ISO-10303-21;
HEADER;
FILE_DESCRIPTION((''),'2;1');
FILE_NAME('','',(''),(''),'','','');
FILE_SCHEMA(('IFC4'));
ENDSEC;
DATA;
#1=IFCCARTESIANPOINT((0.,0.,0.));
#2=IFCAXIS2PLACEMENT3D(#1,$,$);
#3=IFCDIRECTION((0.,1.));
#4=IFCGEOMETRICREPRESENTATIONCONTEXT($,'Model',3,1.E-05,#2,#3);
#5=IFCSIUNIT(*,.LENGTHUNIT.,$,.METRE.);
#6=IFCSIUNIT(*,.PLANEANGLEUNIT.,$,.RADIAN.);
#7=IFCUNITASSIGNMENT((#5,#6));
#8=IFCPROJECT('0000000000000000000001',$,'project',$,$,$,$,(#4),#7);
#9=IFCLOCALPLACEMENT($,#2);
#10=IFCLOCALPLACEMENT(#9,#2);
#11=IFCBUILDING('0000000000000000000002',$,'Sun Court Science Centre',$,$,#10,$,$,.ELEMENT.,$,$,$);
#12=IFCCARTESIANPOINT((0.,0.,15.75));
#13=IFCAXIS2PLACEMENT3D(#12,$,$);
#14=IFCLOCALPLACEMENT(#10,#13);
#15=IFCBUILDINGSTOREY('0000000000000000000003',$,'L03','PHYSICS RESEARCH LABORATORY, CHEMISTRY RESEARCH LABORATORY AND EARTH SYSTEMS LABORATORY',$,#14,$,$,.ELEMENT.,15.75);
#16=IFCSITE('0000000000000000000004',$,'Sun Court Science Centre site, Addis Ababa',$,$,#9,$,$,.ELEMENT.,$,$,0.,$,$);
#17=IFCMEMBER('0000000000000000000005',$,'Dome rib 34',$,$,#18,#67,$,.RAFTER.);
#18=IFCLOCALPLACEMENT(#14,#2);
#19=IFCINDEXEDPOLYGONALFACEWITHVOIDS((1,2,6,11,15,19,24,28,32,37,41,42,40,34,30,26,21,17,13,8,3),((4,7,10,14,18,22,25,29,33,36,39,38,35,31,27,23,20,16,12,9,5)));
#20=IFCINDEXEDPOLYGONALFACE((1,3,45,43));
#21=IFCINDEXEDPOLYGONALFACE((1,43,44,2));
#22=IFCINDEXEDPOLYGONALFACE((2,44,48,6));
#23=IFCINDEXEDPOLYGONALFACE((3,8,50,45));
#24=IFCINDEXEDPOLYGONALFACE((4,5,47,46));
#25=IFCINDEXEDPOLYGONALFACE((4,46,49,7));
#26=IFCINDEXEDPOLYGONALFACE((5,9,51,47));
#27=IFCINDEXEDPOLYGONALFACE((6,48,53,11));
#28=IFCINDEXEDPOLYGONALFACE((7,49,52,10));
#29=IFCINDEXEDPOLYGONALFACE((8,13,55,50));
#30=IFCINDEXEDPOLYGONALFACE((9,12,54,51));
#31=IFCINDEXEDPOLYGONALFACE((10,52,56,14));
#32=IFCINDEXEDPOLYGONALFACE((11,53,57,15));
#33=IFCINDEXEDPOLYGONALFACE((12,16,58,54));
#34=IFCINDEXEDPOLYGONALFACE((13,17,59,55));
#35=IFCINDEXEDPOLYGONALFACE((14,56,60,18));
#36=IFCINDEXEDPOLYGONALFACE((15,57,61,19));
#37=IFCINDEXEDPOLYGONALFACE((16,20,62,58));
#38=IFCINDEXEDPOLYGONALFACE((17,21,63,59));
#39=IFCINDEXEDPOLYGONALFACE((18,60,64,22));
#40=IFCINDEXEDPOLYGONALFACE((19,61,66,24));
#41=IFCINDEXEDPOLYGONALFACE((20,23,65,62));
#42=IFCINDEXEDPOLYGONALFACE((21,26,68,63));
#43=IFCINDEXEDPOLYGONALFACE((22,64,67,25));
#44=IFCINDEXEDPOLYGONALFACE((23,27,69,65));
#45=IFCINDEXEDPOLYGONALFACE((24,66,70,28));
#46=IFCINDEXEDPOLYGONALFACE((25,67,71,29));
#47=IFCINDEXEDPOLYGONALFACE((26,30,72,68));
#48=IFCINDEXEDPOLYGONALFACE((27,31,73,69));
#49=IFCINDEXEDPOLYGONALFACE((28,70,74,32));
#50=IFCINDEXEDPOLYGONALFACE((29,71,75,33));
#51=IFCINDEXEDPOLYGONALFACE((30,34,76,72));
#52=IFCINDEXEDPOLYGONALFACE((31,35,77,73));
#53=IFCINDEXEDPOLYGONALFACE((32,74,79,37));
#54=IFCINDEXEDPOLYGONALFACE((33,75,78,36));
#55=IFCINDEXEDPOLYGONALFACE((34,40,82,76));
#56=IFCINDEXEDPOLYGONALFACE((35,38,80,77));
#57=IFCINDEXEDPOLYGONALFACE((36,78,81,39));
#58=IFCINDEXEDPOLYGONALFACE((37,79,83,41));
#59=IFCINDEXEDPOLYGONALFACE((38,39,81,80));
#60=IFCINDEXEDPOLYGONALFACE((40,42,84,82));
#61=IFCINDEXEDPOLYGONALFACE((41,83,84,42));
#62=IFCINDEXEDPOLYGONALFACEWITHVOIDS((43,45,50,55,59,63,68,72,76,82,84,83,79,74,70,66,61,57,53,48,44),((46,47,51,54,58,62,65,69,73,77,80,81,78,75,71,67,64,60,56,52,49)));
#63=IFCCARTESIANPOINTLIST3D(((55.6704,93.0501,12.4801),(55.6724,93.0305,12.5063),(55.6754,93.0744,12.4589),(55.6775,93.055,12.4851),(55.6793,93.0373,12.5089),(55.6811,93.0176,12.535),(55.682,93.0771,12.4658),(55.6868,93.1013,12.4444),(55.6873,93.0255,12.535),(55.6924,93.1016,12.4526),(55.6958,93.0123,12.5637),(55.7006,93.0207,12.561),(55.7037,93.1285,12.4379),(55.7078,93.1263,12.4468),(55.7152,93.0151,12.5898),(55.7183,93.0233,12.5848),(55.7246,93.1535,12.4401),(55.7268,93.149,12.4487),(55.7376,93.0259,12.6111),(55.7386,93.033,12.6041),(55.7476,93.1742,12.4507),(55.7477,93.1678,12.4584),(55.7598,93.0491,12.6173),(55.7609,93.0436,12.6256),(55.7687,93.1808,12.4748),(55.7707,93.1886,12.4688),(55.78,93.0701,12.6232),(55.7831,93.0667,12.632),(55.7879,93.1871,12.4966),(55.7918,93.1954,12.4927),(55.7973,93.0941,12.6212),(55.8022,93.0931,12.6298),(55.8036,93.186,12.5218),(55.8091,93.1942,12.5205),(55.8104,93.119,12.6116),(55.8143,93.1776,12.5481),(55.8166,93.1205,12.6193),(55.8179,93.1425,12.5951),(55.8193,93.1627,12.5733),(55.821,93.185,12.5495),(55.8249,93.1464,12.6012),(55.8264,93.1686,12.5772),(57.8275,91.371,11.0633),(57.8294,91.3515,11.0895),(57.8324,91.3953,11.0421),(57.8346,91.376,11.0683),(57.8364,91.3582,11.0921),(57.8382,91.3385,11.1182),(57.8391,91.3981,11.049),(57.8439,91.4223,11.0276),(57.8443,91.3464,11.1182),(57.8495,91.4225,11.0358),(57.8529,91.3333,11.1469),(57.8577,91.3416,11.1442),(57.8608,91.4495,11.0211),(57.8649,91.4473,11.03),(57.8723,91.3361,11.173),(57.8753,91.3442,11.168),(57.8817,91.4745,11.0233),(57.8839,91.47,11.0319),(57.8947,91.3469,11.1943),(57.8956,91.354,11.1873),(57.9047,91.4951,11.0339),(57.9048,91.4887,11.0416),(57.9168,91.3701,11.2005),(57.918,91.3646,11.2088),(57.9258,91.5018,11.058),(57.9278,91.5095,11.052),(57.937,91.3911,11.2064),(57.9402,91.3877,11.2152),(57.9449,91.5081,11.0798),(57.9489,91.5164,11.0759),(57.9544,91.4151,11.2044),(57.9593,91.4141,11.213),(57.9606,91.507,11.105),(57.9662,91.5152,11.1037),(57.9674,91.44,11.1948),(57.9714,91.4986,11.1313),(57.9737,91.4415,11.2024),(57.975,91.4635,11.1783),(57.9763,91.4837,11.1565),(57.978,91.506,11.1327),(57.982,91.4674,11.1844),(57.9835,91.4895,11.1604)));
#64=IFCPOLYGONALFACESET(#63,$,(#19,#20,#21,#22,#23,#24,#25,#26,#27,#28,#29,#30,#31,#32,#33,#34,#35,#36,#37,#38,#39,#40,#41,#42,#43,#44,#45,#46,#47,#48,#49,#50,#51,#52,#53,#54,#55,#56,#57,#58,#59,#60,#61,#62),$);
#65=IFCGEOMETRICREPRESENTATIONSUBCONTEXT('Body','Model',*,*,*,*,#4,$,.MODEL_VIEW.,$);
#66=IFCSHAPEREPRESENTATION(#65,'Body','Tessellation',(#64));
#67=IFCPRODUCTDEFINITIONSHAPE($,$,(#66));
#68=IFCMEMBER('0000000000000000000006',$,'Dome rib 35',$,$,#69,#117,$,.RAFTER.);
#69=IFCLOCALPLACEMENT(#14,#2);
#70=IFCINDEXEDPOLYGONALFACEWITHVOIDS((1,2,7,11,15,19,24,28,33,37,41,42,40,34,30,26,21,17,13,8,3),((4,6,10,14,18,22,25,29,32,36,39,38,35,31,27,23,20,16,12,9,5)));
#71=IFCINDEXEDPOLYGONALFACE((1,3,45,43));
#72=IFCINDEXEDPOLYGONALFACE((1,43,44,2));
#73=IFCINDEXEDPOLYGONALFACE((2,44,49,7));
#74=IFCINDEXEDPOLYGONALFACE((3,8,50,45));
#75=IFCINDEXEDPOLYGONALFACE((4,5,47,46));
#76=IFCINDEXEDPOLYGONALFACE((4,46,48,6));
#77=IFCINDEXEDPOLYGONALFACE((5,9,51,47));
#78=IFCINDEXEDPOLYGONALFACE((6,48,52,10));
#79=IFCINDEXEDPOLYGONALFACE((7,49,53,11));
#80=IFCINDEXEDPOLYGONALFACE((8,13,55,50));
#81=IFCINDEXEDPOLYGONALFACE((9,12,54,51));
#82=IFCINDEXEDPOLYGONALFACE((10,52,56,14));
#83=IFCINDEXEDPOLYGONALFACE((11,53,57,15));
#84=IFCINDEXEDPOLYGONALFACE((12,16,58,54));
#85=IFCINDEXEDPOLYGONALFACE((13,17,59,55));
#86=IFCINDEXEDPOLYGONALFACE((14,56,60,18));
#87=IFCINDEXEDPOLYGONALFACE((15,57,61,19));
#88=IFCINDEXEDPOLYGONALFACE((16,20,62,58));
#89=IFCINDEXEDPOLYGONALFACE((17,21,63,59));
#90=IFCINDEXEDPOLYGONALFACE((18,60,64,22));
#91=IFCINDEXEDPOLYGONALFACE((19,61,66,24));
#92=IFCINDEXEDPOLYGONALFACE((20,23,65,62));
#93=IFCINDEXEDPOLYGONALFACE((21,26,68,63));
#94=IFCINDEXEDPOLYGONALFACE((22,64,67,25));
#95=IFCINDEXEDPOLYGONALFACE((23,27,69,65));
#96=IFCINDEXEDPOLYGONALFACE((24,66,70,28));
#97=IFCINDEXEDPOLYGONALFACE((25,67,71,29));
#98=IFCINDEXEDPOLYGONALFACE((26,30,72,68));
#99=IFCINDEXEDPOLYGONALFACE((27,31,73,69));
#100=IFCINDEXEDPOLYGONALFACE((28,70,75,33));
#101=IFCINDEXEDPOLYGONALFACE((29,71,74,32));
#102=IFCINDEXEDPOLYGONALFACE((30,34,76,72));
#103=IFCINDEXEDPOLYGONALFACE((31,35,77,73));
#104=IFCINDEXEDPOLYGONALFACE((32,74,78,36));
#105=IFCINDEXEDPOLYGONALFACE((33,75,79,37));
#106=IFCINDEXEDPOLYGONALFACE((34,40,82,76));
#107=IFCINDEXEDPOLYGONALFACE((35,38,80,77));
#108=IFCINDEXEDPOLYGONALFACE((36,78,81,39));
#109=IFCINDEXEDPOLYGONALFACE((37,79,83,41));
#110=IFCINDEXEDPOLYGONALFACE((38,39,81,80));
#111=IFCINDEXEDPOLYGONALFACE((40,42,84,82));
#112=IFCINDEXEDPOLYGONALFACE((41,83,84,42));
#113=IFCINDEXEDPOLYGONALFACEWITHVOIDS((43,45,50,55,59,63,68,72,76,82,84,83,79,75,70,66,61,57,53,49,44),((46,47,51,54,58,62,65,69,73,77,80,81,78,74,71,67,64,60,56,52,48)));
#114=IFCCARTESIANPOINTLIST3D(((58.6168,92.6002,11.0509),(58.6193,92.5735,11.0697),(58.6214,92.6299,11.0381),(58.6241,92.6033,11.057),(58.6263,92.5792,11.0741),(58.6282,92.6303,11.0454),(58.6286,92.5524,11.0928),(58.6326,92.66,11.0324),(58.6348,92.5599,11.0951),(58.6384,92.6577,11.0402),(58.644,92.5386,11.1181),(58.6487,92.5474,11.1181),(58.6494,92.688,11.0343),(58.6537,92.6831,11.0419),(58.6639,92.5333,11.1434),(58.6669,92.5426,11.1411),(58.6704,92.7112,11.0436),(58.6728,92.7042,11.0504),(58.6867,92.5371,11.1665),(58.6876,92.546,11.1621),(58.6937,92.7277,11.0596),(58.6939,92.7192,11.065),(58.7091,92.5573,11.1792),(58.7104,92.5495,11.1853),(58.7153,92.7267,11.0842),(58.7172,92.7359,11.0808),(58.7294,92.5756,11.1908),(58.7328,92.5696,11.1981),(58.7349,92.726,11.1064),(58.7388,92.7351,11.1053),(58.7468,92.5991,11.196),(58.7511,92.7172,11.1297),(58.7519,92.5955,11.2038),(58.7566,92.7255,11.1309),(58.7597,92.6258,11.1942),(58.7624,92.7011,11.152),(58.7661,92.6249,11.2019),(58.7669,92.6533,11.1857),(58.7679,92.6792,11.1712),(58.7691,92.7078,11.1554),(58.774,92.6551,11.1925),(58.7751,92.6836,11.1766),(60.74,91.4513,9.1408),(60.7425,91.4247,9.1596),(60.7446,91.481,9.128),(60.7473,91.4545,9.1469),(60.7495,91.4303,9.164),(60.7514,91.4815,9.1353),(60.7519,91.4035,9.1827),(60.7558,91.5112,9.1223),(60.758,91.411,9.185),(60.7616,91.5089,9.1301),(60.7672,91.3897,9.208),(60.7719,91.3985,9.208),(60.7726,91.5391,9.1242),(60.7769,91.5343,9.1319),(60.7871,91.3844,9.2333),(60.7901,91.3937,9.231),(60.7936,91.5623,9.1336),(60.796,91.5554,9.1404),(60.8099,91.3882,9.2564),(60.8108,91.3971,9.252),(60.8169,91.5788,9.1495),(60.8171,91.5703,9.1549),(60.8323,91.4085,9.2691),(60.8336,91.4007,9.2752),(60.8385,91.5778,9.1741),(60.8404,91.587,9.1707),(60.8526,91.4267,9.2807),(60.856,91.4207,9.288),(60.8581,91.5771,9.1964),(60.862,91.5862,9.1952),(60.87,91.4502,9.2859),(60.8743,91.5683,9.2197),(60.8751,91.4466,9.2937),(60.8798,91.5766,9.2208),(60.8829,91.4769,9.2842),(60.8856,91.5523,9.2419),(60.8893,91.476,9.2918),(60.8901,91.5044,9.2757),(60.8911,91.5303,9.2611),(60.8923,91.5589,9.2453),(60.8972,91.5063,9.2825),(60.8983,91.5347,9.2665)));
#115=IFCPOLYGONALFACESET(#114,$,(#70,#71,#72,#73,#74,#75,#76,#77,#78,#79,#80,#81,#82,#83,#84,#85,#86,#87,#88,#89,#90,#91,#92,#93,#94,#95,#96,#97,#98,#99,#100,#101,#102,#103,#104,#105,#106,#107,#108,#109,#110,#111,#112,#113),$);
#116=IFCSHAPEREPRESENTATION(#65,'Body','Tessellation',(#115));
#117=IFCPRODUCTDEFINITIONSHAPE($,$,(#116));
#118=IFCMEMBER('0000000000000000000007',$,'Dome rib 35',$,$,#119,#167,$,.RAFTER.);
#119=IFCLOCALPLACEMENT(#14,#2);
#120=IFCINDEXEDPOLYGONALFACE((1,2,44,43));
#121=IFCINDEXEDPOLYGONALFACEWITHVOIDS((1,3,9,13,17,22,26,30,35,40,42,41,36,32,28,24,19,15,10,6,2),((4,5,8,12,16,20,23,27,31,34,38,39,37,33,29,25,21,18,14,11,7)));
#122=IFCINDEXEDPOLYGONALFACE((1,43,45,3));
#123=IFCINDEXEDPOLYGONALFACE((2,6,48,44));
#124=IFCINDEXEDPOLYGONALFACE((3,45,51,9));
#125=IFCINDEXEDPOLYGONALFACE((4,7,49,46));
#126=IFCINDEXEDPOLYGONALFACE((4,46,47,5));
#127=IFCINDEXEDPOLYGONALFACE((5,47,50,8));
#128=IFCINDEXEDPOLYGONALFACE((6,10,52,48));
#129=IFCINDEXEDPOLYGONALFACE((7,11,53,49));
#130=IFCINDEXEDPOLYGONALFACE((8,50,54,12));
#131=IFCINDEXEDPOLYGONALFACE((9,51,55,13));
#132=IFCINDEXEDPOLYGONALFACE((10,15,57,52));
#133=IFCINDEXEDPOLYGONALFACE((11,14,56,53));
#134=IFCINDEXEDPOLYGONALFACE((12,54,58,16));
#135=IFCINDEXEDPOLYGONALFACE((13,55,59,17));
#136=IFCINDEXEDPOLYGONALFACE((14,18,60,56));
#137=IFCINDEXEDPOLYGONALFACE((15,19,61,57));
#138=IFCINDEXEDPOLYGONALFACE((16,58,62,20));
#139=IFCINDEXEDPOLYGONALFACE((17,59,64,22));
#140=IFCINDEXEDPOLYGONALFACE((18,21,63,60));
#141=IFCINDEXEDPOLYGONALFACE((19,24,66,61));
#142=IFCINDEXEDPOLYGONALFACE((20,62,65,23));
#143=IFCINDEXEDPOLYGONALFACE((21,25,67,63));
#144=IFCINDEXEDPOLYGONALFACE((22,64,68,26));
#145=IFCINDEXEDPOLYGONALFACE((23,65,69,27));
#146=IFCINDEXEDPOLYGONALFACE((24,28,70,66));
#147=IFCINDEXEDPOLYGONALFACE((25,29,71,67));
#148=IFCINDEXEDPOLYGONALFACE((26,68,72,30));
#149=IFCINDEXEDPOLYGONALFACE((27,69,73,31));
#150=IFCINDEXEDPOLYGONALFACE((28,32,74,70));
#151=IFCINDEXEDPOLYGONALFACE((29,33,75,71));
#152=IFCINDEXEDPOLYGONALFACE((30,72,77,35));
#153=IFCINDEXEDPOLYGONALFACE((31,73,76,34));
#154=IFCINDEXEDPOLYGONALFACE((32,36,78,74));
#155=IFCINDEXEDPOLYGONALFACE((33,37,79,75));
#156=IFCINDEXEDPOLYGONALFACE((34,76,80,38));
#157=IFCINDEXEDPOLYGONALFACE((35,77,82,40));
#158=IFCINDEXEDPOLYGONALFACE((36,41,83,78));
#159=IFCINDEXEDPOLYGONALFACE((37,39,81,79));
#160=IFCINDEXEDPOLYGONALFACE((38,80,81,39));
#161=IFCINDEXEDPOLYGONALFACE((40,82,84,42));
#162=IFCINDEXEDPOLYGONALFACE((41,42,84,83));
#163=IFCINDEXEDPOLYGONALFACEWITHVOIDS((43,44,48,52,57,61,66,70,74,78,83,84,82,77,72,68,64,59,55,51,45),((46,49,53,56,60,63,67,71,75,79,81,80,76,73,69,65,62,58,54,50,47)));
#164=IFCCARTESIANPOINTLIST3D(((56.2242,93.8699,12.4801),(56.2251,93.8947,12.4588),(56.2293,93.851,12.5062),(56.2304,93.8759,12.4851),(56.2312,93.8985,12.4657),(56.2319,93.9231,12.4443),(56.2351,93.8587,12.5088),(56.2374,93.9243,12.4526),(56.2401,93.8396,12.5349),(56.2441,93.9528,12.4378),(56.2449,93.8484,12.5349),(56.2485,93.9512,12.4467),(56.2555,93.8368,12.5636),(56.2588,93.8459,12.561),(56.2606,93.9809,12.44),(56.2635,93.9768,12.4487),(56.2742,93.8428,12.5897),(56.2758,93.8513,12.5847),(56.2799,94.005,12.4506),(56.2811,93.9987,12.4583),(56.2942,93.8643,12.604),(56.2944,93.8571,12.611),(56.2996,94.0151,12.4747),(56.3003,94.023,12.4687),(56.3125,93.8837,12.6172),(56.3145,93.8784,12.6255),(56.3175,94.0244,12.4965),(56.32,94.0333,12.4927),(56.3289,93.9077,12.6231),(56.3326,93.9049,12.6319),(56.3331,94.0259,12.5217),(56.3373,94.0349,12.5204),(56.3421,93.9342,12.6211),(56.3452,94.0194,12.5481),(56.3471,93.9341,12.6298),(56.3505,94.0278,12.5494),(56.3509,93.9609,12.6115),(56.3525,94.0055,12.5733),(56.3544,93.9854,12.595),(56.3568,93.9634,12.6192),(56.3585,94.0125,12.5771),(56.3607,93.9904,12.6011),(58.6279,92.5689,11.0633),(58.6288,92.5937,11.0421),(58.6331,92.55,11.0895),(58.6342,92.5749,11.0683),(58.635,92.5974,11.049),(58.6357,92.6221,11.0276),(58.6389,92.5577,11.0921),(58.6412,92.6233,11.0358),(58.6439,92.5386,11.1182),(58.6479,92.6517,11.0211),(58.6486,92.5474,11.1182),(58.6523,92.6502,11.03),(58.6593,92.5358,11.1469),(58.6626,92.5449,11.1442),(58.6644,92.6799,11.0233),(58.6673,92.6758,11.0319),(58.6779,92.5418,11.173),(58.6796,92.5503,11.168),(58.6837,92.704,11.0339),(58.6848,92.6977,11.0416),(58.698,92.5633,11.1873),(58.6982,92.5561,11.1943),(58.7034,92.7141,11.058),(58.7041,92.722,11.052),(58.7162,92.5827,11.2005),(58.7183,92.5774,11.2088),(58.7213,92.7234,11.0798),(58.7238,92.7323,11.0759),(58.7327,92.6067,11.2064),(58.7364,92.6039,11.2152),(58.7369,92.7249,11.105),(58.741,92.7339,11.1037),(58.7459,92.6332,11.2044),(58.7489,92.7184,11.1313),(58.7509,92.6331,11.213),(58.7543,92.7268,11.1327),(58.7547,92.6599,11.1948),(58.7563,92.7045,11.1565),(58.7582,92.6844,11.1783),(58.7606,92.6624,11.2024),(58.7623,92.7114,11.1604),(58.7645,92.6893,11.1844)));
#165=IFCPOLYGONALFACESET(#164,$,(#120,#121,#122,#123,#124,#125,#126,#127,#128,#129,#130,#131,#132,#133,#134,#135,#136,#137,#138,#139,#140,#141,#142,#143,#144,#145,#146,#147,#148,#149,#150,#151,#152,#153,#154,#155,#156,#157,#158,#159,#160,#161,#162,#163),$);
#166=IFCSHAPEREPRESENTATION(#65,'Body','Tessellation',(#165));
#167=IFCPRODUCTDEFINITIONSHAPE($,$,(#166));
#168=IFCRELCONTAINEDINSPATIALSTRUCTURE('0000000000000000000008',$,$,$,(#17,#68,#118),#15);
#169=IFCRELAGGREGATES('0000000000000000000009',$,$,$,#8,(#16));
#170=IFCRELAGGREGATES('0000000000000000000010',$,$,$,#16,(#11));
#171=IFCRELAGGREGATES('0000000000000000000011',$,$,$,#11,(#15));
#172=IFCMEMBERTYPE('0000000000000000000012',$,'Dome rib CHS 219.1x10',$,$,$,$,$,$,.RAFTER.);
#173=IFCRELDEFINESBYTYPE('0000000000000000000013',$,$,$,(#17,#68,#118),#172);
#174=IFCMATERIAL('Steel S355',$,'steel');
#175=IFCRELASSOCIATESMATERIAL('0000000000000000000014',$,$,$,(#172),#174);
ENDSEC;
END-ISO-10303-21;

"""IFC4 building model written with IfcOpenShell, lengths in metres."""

from ifc_helpers import new_model, si_unit, direction, frame, origin, origin_2d, place, context, subcontext, project, spatial, hollow_circle, extrude, material, material_profile, profile_set, type_object, element, save


model = new_model("IFC4")

# Units and contexts
model_context = context("Model", 3, precision=1e-05, world=origin(), true_north=direction((0.0, 1.0)))
body_context = subcontext(model_context, "Body", "Model", "MODEL_VIEW")
ifc_project = project(units=[si_unit("LENGTHUNIT", "METRE"), si_unit("PLANEANGLEUNIT", "RADIAN")], contexts=[model_context])

# Site, building, storey
site_placement = place(None, origin())
site = spatial("IfcSite", under=ifc_project, at=site_placement, Name="Sun Court Science Centre site, Addis Ababa", CompositionType="ELEMENT", RefElevation=0.0)
building_placement = place(site_placement, origin())
building = spatial("IfcBuilding", under=site, at=building_placement, Name="Sun Court Science Centre", CompositionType="ELEMENT")
storey_placement = place(building_placement, frame((0.0, 0.0, 15.75)))
storey = spatial("IfcBuildingStorey", under=building, at=storey_placement, Name="L03", Description="PHYSICS RESEARCH LABORATORY, CHEMISTRY RESEARCH LABORATORY AND EARTH SYSTEMS LABORATORY", CompositionType="ELEMENT", Elevation=15.75)

# Members
ifc_material_1 = material(Name="Steel S355", Category="steel")
ifc_material_profile_1 = material_profile(ifc_material_1, hollow_circle(Radius=0.1096, WallThickness=0.01, at=origin_2d()), Name="CHS 219.1x10")
ifc_profile_set_1 = profile_set([ifc_material_profile_1], Name="Steel S355")
member_type_1 = type_object("IfcMemberType", Name="Dome rib CHS 219.1x10", PredefinedType="RAFTER", material=ifc_profile_set_1)
member_1_placement = place(storey_placement, frame((57.9055, 91.425, 11.1182), z_axis=(-0.700606, 0.545338, 0.460171), x_axis=(-0.614237, -0.789121, 0.0)))
element("IfcMember", 1, at=member_1_placement, inside=storey, type_object=member_type_1, Name="Dome rib 34", PredefinedType="RAFTER", context=body_context, shape_type="SweptSolid", body=[
    extrude(hollow_circle(Radius=0.1096, WallThickness=0.01, at=origin_2d()), origin(), (0.0, 0.0, 1.0), 3.0789),
])
member_2_placement = place(storey_placement, frame((60.8193, 91.4861, 9.208), z_axis=(-0.689719, 0.373211, 0.620485), x_axis=(-0.475902, -0.879498, 0.0)))
element("IfcMember", 2, at=member_2_placement, inside=storey, type_object=member_type_1, Name="Dome rib 35", PredefinedType="RAFTER", context=body_context, shape_type="SweptSolid", body=[
    extrude(hollow_circle(Radius=0.1096, WallThickness=0.01, at=origin_2d()), origin(), (0.0, 0.0, 1.0), 3.0784),
])
for number, where, z_axis, x_axis, name in (
    (3, (58.696, 92.635, 11.1182), (-0.780797, 0.422595, 0.460184), (-0.47599, -0.879451, 0.0), "Dome rib 35"),
):
    element("IfcMember", number, at=place(storey_placement, frame(where, z_axis=z_axis, x_axis=x_axis)), inside=storey, type_object=member_type_1, Name=name, PredefinedType="RAFTER", context=body_context, shape_type="SweptSolid", body=[
        extrude(hollow_circle(Radius=0.1096, WallThickness=0.01, at=origin_2d()), origin(), (0.0, 0.0, 1.0), 3.0786),
    ])

save(model, "model.ifc")
